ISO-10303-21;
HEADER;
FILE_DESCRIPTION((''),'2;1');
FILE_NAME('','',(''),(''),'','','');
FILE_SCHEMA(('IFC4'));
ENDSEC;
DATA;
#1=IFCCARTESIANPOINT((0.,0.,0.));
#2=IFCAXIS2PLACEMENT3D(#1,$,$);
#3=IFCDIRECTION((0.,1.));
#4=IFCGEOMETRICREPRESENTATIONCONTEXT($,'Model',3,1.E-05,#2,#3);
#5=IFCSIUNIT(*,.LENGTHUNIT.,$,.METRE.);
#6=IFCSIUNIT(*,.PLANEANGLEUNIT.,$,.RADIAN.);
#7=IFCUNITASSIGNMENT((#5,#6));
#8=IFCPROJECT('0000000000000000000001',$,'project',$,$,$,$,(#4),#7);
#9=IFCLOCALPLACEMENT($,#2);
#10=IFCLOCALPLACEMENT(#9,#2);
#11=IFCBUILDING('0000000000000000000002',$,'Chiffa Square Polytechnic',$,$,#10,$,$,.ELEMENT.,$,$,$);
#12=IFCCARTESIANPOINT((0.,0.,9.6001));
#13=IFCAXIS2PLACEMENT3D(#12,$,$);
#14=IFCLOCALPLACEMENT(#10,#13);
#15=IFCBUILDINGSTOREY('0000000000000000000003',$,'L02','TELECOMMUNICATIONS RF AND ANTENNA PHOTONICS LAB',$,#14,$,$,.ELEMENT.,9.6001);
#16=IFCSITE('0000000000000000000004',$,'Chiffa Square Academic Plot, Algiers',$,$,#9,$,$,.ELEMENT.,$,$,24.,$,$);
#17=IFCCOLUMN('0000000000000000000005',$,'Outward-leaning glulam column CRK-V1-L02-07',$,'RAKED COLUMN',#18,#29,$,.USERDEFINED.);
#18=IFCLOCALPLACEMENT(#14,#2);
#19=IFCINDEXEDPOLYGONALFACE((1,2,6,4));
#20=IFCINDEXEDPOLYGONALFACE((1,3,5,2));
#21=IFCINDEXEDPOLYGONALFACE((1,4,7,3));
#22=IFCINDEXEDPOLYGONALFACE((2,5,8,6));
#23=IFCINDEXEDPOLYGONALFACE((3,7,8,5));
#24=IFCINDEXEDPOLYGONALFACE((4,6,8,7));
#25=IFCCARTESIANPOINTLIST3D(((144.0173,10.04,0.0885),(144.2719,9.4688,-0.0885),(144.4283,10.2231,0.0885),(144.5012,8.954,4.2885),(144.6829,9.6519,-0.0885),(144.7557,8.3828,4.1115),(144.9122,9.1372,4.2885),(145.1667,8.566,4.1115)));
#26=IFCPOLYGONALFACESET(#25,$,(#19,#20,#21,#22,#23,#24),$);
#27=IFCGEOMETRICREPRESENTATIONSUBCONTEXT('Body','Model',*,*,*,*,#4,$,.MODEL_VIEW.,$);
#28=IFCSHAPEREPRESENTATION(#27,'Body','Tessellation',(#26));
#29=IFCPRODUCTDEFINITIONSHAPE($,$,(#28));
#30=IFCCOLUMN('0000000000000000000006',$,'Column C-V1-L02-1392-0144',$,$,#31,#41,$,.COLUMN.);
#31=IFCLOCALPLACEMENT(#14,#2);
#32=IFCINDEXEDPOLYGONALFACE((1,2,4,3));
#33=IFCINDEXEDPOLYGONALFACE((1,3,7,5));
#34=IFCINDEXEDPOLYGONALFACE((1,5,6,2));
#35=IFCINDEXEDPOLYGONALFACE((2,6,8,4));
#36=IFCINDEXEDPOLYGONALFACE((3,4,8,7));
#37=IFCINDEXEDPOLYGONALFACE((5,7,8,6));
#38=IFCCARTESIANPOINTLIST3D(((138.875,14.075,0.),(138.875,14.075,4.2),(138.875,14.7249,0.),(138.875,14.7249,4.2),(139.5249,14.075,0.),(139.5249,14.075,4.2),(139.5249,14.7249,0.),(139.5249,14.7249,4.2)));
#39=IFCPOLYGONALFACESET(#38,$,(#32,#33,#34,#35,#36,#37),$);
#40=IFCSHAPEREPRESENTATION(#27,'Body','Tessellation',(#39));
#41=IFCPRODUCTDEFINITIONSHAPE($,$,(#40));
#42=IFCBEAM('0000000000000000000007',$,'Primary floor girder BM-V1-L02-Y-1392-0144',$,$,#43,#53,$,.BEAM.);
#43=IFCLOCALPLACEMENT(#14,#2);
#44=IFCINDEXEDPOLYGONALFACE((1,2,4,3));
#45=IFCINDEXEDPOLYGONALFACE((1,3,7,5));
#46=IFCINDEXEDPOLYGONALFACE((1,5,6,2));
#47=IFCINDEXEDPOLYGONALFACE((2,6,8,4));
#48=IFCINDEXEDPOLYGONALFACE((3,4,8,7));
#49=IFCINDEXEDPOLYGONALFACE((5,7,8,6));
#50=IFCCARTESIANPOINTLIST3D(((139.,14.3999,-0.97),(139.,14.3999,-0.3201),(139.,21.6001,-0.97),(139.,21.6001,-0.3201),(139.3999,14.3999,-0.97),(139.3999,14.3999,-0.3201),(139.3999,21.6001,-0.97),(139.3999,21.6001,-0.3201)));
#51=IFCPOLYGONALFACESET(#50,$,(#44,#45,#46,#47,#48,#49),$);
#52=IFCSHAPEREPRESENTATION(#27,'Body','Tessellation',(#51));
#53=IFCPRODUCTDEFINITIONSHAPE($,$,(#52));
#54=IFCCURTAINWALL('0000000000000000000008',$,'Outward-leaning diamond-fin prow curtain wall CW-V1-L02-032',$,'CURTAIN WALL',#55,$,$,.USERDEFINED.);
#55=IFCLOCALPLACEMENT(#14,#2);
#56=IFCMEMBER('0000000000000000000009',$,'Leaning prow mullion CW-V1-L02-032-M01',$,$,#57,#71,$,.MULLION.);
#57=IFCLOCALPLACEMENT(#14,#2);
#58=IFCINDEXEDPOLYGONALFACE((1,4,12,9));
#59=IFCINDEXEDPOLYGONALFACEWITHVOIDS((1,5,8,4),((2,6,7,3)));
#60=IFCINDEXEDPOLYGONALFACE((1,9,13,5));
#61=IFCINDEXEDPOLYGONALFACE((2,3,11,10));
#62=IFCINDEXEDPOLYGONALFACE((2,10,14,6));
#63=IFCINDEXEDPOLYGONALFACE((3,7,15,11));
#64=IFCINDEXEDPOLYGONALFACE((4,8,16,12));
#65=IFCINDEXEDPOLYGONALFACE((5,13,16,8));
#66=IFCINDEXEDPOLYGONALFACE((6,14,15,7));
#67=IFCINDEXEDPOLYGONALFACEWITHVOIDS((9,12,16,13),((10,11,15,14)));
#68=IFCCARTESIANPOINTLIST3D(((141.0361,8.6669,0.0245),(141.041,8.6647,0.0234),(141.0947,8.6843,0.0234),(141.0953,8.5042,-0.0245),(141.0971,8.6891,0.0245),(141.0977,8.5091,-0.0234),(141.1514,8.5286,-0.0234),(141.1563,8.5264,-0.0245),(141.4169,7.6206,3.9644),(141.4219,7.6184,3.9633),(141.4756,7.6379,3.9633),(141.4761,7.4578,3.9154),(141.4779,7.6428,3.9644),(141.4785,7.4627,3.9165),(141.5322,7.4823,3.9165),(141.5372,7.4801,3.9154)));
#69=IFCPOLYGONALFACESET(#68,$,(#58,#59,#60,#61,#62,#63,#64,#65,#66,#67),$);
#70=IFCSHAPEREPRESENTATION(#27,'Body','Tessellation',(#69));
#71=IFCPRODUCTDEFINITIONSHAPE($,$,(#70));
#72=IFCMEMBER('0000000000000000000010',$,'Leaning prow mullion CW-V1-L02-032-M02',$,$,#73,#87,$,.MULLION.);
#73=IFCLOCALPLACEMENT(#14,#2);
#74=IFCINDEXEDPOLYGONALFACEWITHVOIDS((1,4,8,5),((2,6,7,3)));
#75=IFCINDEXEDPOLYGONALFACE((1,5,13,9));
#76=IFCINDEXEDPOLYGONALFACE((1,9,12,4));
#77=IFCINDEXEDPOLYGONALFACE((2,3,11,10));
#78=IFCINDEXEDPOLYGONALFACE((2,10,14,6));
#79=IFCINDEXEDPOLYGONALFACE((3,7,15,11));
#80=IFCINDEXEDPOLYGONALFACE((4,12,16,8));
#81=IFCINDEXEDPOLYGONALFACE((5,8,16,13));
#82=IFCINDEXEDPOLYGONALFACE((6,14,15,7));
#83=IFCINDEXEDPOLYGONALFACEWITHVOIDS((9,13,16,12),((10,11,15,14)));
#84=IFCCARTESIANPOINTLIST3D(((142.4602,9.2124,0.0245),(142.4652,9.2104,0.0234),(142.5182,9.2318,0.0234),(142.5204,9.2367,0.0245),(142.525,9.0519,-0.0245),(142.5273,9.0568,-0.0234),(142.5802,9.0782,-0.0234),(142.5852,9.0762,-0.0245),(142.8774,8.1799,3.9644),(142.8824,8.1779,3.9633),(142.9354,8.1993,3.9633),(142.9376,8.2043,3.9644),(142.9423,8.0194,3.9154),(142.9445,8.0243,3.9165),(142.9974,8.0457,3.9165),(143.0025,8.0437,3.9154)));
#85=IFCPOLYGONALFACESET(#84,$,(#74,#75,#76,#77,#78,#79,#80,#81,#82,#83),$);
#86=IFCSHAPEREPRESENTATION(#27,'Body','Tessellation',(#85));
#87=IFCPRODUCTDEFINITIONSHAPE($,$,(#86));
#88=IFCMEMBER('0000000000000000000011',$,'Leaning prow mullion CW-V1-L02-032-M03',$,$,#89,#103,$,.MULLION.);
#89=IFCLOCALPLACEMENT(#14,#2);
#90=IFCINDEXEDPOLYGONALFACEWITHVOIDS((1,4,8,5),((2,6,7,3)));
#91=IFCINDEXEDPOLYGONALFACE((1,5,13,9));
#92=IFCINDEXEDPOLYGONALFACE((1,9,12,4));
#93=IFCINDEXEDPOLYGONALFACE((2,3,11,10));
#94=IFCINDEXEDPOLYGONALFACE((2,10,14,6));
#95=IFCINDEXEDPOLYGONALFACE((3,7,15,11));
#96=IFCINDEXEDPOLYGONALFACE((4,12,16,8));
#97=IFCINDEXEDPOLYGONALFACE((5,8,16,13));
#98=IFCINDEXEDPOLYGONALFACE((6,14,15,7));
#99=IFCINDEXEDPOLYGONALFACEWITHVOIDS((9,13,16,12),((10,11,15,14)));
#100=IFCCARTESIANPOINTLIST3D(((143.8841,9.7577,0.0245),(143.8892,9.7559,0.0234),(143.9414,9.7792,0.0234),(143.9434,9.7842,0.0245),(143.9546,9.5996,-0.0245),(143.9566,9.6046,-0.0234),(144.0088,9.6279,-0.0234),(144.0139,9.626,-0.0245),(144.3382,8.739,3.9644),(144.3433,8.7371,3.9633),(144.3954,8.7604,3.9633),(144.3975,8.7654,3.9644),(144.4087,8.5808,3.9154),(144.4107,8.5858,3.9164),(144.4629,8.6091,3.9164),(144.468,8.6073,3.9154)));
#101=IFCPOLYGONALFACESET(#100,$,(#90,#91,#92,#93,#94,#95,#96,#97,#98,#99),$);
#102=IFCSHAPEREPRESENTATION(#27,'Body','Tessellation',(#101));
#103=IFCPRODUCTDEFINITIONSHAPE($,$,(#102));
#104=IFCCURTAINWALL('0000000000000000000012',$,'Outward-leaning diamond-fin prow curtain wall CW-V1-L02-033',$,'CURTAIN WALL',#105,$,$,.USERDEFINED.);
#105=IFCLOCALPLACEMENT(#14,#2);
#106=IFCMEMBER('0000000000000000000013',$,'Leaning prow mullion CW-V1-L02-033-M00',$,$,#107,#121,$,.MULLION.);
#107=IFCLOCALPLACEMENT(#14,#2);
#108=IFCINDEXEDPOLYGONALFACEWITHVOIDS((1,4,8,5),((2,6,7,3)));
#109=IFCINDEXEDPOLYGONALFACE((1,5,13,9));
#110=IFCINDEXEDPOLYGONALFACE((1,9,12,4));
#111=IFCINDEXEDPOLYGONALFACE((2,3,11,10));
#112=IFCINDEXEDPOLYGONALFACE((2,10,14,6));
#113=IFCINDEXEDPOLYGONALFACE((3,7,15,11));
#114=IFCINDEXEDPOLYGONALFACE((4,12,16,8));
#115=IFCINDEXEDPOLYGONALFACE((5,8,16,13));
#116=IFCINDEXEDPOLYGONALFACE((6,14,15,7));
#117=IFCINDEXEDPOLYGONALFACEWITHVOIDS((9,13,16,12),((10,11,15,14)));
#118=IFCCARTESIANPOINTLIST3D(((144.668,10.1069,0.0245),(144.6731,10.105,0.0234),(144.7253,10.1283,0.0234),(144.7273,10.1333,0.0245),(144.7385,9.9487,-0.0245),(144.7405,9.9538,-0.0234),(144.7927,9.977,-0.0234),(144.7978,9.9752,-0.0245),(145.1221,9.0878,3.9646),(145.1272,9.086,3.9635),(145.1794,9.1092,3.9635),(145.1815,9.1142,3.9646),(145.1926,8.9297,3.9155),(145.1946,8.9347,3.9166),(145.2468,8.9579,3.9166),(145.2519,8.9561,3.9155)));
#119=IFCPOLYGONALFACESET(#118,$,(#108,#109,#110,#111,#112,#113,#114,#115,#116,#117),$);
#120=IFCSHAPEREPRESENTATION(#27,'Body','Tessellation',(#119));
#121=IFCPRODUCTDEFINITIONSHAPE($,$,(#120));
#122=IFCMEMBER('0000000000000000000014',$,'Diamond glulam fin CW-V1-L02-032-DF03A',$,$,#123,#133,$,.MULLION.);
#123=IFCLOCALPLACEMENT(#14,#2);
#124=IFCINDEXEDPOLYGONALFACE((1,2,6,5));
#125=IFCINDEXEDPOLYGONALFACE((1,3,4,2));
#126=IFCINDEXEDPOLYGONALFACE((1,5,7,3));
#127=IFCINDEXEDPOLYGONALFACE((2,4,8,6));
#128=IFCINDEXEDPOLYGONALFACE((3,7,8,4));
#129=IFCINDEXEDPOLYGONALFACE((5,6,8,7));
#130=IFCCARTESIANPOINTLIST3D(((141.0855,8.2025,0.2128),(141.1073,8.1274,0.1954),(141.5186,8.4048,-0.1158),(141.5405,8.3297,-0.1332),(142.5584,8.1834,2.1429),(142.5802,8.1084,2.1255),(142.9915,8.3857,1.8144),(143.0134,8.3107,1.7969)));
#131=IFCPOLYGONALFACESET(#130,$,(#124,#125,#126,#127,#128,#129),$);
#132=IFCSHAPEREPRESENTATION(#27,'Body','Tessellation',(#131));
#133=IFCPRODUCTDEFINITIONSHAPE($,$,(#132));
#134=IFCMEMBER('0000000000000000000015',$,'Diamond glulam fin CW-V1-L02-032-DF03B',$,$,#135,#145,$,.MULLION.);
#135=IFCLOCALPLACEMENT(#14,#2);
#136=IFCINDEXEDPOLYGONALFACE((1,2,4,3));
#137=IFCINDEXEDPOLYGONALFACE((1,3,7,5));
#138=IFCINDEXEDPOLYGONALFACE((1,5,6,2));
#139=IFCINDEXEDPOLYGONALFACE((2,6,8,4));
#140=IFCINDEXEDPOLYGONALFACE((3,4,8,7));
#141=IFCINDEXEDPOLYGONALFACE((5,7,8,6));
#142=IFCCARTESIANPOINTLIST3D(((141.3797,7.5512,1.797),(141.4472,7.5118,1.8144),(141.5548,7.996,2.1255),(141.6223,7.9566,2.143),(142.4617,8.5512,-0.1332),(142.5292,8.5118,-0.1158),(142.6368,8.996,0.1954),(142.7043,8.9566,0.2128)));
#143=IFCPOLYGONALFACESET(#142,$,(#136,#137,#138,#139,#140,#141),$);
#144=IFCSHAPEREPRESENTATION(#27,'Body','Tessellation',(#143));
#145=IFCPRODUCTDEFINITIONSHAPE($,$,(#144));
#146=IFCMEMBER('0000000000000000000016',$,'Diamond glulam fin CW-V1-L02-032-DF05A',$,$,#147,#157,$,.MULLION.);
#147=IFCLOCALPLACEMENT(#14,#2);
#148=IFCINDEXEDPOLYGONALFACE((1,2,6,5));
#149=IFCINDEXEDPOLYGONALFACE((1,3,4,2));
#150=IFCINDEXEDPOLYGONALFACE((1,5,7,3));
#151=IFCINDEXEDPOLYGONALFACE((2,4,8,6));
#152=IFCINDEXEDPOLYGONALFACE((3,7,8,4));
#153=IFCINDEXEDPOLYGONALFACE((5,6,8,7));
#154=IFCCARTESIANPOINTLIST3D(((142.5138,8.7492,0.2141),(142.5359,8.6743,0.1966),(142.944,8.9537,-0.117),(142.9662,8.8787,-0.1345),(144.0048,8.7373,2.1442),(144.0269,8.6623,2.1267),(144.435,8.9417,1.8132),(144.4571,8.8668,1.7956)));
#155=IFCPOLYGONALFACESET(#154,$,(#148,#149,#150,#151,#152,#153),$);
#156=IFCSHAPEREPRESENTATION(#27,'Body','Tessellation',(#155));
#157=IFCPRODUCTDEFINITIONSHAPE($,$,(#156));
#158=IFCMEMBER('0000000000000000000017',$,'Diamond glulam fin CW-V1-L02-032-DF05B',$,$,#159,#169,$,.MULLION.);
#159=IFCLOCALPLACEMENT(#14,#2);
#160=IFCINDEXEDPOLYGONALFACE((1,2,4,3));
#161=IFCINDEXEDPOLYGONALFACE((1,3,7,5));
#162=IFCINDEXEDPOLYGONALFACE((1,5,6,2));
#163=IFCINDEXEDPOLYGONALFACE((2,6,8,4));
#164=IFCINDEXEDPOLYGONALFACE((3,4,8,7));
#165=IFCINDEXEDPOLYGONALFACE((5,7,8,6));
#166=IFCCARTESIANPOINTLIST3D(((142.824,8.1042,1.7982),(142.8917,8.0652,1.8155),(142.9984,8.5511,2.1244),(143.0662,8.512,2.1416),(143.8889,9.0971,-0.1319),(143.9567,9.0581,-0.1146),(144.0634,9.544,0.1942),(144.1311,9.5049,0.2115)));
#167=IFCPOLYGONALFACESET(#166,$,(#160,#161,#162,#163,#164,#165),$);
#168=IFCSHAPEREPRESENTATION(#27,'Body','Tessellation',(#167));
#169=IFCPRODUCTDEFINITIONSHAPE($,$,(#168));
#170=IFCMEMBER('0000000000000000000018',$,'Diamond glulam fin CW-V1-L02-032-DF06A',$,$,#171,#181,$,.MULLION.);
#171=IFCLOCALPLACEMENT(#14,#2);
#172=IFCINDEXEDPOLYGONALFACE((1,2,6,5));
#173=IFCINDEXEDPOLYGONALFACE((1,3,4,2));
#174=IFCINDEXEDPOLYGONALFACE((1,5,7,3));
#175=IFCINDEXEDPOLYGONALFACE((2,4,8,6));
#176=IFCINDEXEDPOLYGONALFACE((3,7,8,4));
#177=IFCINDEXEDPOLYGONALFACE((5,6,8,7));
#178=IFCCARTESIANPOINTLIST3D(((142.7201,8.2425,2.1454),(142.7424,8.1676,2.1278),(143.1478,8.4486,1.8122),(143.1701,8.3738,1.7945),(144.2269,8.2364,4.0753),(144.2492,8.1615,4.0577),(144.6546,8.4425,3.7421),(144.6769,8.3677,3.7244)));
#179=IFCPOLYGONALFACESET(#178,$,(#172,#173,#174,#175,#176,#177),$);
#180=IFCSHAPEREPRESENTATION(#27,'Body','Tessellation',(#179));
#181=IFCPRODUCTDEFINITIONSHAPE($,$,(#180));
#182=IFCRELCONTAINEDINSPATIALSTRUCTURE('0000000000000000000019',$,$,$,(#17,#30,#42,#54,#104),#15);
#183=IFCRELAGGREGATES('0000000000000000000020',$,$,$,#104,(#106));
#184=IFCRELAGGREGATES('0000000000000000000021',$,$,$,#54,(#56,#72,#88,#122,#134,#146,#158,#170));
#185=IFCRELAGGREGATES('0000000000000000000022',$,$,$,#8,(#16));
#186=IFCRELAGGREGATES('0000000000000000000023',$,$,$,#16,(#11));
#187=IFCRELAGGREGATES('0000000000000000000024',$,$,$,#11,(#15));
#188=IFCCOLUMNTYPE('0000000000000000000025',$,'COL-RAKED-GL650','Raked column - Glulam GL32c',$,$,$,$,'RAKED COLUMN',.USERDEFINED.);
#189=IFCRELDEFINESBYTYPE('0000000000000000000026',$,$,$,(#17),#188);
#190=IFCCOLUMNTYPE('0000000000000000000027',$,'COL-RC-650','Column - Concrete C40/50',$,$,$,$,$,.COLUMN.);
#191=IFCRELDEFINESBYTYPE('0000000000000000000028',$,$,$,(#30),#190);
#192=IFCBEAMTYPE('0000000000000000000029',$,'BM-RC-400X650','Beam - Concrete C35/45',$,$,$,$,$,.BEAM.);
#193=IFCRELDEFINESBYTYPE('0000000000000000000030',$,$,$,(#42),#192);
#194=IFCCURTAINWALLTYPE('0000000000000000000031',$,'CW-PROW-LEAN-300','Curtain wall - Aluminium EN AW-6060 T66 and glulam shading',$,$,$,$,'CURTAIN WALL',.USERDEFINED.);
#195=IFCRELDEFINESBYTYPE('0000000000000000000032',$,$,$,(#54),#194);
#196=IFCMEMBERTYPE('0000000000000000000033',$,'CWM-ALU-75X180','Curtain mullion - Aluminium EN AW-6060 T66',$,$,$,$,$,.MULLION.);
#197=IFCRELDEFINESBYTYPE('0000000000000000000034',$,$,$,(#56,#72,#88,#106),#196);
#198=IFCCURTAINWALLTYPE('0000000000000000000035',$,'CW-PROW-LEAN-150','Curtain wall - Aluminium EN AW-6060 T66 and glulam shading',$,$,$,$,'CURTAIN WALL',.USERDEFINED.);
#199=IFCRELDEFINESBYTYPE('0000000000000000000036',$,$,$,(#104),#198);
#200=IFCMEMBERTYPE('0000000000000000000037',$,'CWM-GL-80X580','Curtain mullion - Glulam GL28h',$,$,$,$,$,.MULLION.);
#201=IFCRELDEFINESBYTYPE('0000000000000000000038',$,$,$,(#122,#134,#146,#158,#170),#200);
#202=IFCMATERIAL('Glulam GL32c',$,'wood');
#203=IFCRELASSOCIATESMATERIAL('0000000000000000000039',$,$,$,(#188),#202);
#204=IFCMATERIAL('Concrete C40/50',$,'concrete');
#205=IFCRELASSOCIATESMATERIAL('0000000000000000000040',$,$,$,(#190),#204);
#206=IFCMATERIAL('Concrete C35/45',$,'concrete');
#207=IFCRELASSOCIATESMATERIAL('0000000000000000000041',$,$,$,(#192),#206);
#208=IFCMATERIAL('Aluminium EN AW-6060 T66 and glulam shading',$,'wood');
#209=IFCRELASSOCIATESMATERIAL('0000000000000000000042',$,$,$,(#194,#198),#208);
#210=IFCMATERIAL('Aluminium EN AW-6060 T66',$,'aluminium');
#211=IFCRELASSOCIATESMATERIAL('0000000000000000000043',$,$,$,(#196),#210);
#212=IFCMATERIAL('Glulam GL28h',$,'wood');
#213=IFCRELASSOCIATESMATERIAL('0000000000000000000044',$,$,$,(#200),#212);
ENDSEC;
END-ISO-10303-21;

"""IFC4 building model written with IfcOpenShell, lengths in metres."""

from ifc_helpers import new_model, si_unit, direction, frame, origin, origin_2d, place, context, subcontext, project, spatial, rectangle, hollow_rectangle, extrude, material, material_profile, profile_set, type_object, element, aggregate, save


model = new_model("IFC4")

# Units and contexts
model_context = context("Model", 3, precision=1e-05, world=origin(), true_north=direction((0.0, 1.0)))
body_context = subcontext(model_context, "Body", "Model", "MODEL_VIEW")
ifc_project = project(units=[si_unit("LENGTHUNIT", "METRE"), si_unit("PLANEANGLEUNIT", "RADIAN")], contexts=[model_context])

# Site, building, storey
site_placement = place(None, origin())
site = spatial("IfcSite", under=ifc_project, at=site_placement, Name="Chiffa Square Academic Plot, Algiers", CompositionType="ELEMENT", RefElevation=24.0)
building_placement = place(site_placement, origin())
building = spatial("IfcBuilding", under=site, at=building_placement, Name="Chiffa Square Polytechnic", CompositionType="ELEMENT")
storey_placement = place(building_placement, frame((0.0, 0.0, 9.6001)))
storey = spatial("IfcBuildingStorey", under=building, at=storey_placement, Name="L02", Description="TELECOMMUNICATIONS RF AND ANTENNA PHOTONICS LAB", CompositionType="ELEMENT", Elevation=9.6001)

# Columns
ifc_material_1 = material(Name="Glulam GL32c", Category="wood")
ifc_material_profile_1 = material_profile(ifc_material_1, rectangle(XDim=0.45, YDim=0.6499, at=origin_2d()), Name="GL32c 450x650")
ifc_profile_set_1 = profile_set([ifc_material_profile_1], Name="Glulam GL32c")
column_type_1 = type_object("IfcColumnType", Name="COL-RAKED-GL650", Description="Raked column - Glulam GL32c", ElementType="RAKED COLUMN", PredefinedType="USERDEFINED", material=ifc_profile_set_1)
column_1_placement = place(storey_placement, frame((144.3501, 9.8459, 0.0), z_axis=(0.110857, -0.248784, 0.962194), x_axis=(0.913422, 0.407015, 0.0)))
element("IfcColumn", 1, at=column_1_placement, inside=storey, type_object=column_type_1, Name="Outward-leaning glulam column CRK-V1-L02-07", ObjectType="RAKED COLUMN", PredefinedType="USERDEFINED", context=body_context, shape_type="SweptSolid", body=[
    extrude(rectangle(XDim=0.45, YDim=0.6499, at=origin_2d()), origin(), (0.0, 0.0, 1.0), 4.365),
])
ifc_material_2 = material(Name="Concrete C40/50", Category="concrete")
ifc_material_profile_2 = material_profile(ifc_material_2, rectangle(XDim=0.6499, YDim=0.6499, at=origin_2d()), Name="RC 650x650")
ifc_profile_set_2 = profile_set([ifc_material_profile_2], Name="Concrete C40/50")
column_type_2 = type_object("IfcColumnType", Name="COL-RC-650", Description="Column - Concrete C40/50", PredefinedType="COLUMN", material=ifc_profile_set_2)
column_2_placement = place(storey_placement, frame((139.2, 14.3999, 0.0), z_axis=(0.0, 0.0, 1.0), x_axis=(1.0, 0.0, 0.0)))
element("IfcColumn", 2, at=column_2_placement, inside=storey, type_object=column_type_2, Name="Column C-V1-L02-1392-0144", PredefinedType="COLUMN", context=body_context, shape_type="SweptSolid", body=[
    extrude(rectangle(XDim=0.6499, YDim=0.6499, at=origin_2d()), origin(), (0.0, 0.0, 1.0), 4.2),
])

# Beam
ifc_material_3 = material(Name="Concrete C35/45", Category="concrete")
ifc_material_profile_3 = material_profile(ifc_material_3, rectangle(XDim=0.3999, YDim=0.6499, at=origin_2d()), Name="RC 400x650")
ifc_profile_set_3 = profile_set([ifc_material_profile_3], Name="Concrete C35/45")
beam_type_1 = type_object("IfcBeamType", Name="BM-RC-400X650", Description="Beam - Concrete C35/45", PredefinedType="BEAM", material=ifc_profile_set_3)
beam_1_placement = place(storey_placement, frame((139.2, 14.3999, -0.645), z_axis=(0.0, 1.0, 0.0), x_axis=(-1.0, 0.0, 0.0)))
element("IfcBeam", 3, at=beam_1_placement, inside=storey, type_object=beam_type_1, Name="Primary floor girder BM-V1-L02-Y-1392-0144", PredefinedType="BEAM", context=body_context, shape_type="SweptSolid", body=[
    extrude(rectangle(XDim=0.3999, YDim=0.6499, at=origin_2d()), origin(), (0.0, 0.0, 1.0), 7.2002),
])

# Curtain wall, members
ifc_material_4 = material(Name="Aluminium EN AW-6060 T66 and glulam shading", Category="wood")
curtain_wall_type_1 = type_object("IfcCurtainWallType", Name="CW-PROW-LEAN-300", Description="Curtain wall - Aluminium EN AW-6060 T66 and glulam shading", ElementType="CURTAIN WALL", PredefinedType="USERDEFINED", material=ifc_material_4)
curtain_wall_1_placement = place(storey_placement, origin())
curtain_wall_1 = element("IfcCurtainWall", 4, at=curtain_wall_1_placement, inside=storey, type_object=curtain_wall_type_1, Name="Outward-leaning diamond-fin prow curtain wall CW-V1-L02-032", ObjectType="CURTAIN WALL", PredefinedType="USERDEFINED")
ifc_material_5 = material(Name="Aluminium EN AW-6060 T66", Category="aluminium")
ifc_material_profile_4 = material_profile(ifc_material_5, hollow_rectangle(XDim=0.0649, YDim=0.1799, WallThickness=0.0039, at=origin_2d()), Name="ALU 65x180x4")
ifc_profile_set_4 = profile_set([ifc_material_profile_4], Name="Aluminium EN AW-6060 T66")
member_type_1 = type_object("IfcMemberType", Name="CWM-ALU-75X180", Description="Curtain mullion - Aluminium EN AW-6060 T66", PredefinedType="MULLION", material=ifc_profile_set_4)
member_1_placement = place(storey_placement, frame((141.0962, 8.5967, 0.0), z_axis=(0.093022, -0.255573, 0.962304), x_axis=(0.939691, 0.342025, 0.0)))
member_1 = element("IfcMember", 5, at=member_1_placement, type_object=member_type_1, Name="Leaning prow mullion CW-V1-L02-032-M01", PredefinedType="MULLION", context=body_context, shape_type="SweptSolid", body=[
    extrude(hollow_rectangle(XDim=0.0649, YDim=0.1799, WallThickness=0.0039, at=origin_2d()), origin(), (0.0, 0.0, 1.0), 4.0942),
])
member_2_placement = place(storey_placement, frame((142.5227, 9.1443, 0.0), z_axis=(0.101907, -0.252173, 0.962301), x_axis=(0.927155, 0.374677, 0.0)))
member_2 = element("IfcMember", 6, at=member_2_placement, type_object=member_type_1, Name="Leaning prow mullion CW-V1-L02-032-M02", PredefinedType="MULLION", context=body_context, shape_type="SweptSolid", body=[
    extrude(hollow_rectangle(XDim=0.0649, YDim=0.1799, WallThickness=0.0039, at=origin_2d()), origin(), (0.0, 0.0, 1.0), 4.0942),
])
member_3_placement = place(storey_placement, frame((143.949, 9.6919, 0.0), z_axis=(0.110897, -0.248804, 0.962184), x_axis=(0.913378, 0.407113, 0.0)))
member_3 = element("IfcMember", 7, at=member_3_placement, type_object=member_type_1, Name="Leaning prow mullion CW-V1-L02-032-M03", PredefinedType="MULLION", context=body_context, shape_type="SweptSolid", body=[
    extrude(hollow_rectangle(XDim=0.0649, YDim=0.1799, WallThickness=0.0039, at=origin_2d()), origin(), (0.0, 0.0, 1.0), 4.0947),
])

# Curtain wall, member
curtain_wall_type_2 = type_object("IfcCurtainWallType", Name="CW-PROW-LEAN-150", Description="Curtain wall - Aluminium EN AW-6060 T66 and glulam shading", ElementType="CURTAIN WALL", PredefinedType="USERDEFINED", material=ifc_material_4)
curtain_wall_2_placement = place(storey_placement, origin())
curtain_wall_2 = element("IfcCurtainWall", 8, at=curtain_wall_2_placement, inside=storey, type_object=curtain_wall_type_2, Name="Outward-leaning diamond-fin prow curtain wall CW-V1-L02-033", ObjectType="CURTAIN WALL", PredefinedType="USERDEFINED")
member_4_placement = place(storey_placement, frame((144.7329, 10.041, 0.0), z_axis=(0.110896, -0.24886, 0.96217), x_axis=(0.913414, 0.407032, 0.0)))
member_4 = element("IfcMember", 9, at=member_4_placement, type_object=member_type_1, Name="Leaning prow mullion CW-V1-L02-033-M00", PredefinedType="MULLION", context=body_context, shape_type="SweptSolid", body=[
    extrude(hollow_rectangle(XDim=0.0649, YDim=0.1799, WallThickness=0.0039, at=origin_2d()), origin(), (0.0, 0.0, 1.0), 4.095),
])

# Members
ifc_material_6 = material(Name="Glulam GL28h", Category="wood")
ifc_material_profile_5 = material_profile(ifc_material_6, rectangle(XDim=0.0801, YDim=0.5801, at=origin_2d()), Name="GL28h 80x580")
ifc_profile_set_5 = profile_set([ifc_material_profile_5], Name="Glulam GL28h")
member_type_2 = type_object("IfcMemberType", Name="CWM-GL-80X580", Description="Curtain mullion - Glulam GL28h", PredefinedType="MULLION", material=ifc_profile_set_5)
member_5_placement = place(storey_placement, frame((141.313, 8.2661, 0.0398), z_axis=(0.606621, -0.007843, 0.794952), x_axis=(-0.272792, 0.937185, 0.217412)))
member_5 = element("IfcMember", 10, at=member_5_placement, type_object=member_type_2, Name="Diamond glulam fin CW-V1-L02-032-DF03A", PredefinedType="MULLION", context=body_context, shape_type="SweptSolid", body=[
    extrude(rectangle(XDim=0.0801, YDim=0.5801, at=origin_2d()), origin(), (0.0, 0.0, 1.0), 2.428),
])
member_6_placement = place(storey_placement, frame((142.583, 8.7539, 0.0398), z_axis=(-0.445602, -0.41182, 0.794885), x_axis=(0.842841, -0.492277, 0.217443)))
member_6 = element("IfcMember", 11, at=member_6_placement, type_object=member_type_2, Name="Diamond glulam fin CW-V1-L02-032-DF03B", PredefinedType="MULLION", context=body_context, shape_type="SweptSolid", body=[
    extrude(rectangle(XDim=0.0801, YDim=0.5801, at=origin_2d()), origin(), (0.0, 0.0, 1.0), 2.4282),
])
member_7_placement = place(storey_placement, frame((142.74, 8.814, 0.0398), z_axis=(0.611303, -0.004905, 0.791381), x_axis=(-0.276106, 0.935826, 0.219079)))
member_7 = element("IfcMember", 12, at=member_7_placement, type_object=member_type_2, Name="Diamond glulam fin CW-V1-L02-032-DF05A", PredefinedType="MULLION", context=body_context, shape_type="SweptSolid", body=[
    extrude(rectangle(XDim=0.0801, YDim=0.5801, at=origin_2d()), origin(), (0.0, 0.0, 1.0), 2.439),
])
member_8_placement = place(storey_placement, frame((144.01, 9.301, 0.0398), z_axis=(-0.440466, -0.410677, 0.798332), x_axis=(0.8459, -0.487726, 0.215816)))
member_8 = element("IfcMember", 13, at=member_8_placement, type_object=member_type_2, Name="Diamond glulam fin CW-V1-L02-032-DF05B", PredefinedType="MULLION", context=body_context, shape_type="SweptSolid", body=[
    extrude(rectangle(XDim=0.0801, YDim=0.5801, at=origin_2d()), origin(), (0.0, 0.0, 1.0), 2.4177),
])
member_9_placement = place(storey_placement, frame((142.9451, 8.3081, 1.97), z_axis=(0.615408, -0.002493, 0.788205), x_axis=(-0.278684, 0.934717, 0.220544)))
member_9 = element("IfcMember", 14, at=member_9_placement, type_object=member_type_2, Name="Diamond glulam fin CW-V1-L02-032-DF06A", PredefinedType="MULLION", context=body_context, shape_type="SweptSolid", body=[
    extrude(rectangle(XDim=0.0801, YDim=0.5801, at=origin_2d()), origin(), (0.0, 0.0, 1.0), 2.4485),
])

aggregate(curtain_wall_2, [member_4])
aggregate(curtain_wall_1, [member_1, member_2, member_3, member_5, member_6, member_7, member_8, member_9])

save(model, "model.ifc")
